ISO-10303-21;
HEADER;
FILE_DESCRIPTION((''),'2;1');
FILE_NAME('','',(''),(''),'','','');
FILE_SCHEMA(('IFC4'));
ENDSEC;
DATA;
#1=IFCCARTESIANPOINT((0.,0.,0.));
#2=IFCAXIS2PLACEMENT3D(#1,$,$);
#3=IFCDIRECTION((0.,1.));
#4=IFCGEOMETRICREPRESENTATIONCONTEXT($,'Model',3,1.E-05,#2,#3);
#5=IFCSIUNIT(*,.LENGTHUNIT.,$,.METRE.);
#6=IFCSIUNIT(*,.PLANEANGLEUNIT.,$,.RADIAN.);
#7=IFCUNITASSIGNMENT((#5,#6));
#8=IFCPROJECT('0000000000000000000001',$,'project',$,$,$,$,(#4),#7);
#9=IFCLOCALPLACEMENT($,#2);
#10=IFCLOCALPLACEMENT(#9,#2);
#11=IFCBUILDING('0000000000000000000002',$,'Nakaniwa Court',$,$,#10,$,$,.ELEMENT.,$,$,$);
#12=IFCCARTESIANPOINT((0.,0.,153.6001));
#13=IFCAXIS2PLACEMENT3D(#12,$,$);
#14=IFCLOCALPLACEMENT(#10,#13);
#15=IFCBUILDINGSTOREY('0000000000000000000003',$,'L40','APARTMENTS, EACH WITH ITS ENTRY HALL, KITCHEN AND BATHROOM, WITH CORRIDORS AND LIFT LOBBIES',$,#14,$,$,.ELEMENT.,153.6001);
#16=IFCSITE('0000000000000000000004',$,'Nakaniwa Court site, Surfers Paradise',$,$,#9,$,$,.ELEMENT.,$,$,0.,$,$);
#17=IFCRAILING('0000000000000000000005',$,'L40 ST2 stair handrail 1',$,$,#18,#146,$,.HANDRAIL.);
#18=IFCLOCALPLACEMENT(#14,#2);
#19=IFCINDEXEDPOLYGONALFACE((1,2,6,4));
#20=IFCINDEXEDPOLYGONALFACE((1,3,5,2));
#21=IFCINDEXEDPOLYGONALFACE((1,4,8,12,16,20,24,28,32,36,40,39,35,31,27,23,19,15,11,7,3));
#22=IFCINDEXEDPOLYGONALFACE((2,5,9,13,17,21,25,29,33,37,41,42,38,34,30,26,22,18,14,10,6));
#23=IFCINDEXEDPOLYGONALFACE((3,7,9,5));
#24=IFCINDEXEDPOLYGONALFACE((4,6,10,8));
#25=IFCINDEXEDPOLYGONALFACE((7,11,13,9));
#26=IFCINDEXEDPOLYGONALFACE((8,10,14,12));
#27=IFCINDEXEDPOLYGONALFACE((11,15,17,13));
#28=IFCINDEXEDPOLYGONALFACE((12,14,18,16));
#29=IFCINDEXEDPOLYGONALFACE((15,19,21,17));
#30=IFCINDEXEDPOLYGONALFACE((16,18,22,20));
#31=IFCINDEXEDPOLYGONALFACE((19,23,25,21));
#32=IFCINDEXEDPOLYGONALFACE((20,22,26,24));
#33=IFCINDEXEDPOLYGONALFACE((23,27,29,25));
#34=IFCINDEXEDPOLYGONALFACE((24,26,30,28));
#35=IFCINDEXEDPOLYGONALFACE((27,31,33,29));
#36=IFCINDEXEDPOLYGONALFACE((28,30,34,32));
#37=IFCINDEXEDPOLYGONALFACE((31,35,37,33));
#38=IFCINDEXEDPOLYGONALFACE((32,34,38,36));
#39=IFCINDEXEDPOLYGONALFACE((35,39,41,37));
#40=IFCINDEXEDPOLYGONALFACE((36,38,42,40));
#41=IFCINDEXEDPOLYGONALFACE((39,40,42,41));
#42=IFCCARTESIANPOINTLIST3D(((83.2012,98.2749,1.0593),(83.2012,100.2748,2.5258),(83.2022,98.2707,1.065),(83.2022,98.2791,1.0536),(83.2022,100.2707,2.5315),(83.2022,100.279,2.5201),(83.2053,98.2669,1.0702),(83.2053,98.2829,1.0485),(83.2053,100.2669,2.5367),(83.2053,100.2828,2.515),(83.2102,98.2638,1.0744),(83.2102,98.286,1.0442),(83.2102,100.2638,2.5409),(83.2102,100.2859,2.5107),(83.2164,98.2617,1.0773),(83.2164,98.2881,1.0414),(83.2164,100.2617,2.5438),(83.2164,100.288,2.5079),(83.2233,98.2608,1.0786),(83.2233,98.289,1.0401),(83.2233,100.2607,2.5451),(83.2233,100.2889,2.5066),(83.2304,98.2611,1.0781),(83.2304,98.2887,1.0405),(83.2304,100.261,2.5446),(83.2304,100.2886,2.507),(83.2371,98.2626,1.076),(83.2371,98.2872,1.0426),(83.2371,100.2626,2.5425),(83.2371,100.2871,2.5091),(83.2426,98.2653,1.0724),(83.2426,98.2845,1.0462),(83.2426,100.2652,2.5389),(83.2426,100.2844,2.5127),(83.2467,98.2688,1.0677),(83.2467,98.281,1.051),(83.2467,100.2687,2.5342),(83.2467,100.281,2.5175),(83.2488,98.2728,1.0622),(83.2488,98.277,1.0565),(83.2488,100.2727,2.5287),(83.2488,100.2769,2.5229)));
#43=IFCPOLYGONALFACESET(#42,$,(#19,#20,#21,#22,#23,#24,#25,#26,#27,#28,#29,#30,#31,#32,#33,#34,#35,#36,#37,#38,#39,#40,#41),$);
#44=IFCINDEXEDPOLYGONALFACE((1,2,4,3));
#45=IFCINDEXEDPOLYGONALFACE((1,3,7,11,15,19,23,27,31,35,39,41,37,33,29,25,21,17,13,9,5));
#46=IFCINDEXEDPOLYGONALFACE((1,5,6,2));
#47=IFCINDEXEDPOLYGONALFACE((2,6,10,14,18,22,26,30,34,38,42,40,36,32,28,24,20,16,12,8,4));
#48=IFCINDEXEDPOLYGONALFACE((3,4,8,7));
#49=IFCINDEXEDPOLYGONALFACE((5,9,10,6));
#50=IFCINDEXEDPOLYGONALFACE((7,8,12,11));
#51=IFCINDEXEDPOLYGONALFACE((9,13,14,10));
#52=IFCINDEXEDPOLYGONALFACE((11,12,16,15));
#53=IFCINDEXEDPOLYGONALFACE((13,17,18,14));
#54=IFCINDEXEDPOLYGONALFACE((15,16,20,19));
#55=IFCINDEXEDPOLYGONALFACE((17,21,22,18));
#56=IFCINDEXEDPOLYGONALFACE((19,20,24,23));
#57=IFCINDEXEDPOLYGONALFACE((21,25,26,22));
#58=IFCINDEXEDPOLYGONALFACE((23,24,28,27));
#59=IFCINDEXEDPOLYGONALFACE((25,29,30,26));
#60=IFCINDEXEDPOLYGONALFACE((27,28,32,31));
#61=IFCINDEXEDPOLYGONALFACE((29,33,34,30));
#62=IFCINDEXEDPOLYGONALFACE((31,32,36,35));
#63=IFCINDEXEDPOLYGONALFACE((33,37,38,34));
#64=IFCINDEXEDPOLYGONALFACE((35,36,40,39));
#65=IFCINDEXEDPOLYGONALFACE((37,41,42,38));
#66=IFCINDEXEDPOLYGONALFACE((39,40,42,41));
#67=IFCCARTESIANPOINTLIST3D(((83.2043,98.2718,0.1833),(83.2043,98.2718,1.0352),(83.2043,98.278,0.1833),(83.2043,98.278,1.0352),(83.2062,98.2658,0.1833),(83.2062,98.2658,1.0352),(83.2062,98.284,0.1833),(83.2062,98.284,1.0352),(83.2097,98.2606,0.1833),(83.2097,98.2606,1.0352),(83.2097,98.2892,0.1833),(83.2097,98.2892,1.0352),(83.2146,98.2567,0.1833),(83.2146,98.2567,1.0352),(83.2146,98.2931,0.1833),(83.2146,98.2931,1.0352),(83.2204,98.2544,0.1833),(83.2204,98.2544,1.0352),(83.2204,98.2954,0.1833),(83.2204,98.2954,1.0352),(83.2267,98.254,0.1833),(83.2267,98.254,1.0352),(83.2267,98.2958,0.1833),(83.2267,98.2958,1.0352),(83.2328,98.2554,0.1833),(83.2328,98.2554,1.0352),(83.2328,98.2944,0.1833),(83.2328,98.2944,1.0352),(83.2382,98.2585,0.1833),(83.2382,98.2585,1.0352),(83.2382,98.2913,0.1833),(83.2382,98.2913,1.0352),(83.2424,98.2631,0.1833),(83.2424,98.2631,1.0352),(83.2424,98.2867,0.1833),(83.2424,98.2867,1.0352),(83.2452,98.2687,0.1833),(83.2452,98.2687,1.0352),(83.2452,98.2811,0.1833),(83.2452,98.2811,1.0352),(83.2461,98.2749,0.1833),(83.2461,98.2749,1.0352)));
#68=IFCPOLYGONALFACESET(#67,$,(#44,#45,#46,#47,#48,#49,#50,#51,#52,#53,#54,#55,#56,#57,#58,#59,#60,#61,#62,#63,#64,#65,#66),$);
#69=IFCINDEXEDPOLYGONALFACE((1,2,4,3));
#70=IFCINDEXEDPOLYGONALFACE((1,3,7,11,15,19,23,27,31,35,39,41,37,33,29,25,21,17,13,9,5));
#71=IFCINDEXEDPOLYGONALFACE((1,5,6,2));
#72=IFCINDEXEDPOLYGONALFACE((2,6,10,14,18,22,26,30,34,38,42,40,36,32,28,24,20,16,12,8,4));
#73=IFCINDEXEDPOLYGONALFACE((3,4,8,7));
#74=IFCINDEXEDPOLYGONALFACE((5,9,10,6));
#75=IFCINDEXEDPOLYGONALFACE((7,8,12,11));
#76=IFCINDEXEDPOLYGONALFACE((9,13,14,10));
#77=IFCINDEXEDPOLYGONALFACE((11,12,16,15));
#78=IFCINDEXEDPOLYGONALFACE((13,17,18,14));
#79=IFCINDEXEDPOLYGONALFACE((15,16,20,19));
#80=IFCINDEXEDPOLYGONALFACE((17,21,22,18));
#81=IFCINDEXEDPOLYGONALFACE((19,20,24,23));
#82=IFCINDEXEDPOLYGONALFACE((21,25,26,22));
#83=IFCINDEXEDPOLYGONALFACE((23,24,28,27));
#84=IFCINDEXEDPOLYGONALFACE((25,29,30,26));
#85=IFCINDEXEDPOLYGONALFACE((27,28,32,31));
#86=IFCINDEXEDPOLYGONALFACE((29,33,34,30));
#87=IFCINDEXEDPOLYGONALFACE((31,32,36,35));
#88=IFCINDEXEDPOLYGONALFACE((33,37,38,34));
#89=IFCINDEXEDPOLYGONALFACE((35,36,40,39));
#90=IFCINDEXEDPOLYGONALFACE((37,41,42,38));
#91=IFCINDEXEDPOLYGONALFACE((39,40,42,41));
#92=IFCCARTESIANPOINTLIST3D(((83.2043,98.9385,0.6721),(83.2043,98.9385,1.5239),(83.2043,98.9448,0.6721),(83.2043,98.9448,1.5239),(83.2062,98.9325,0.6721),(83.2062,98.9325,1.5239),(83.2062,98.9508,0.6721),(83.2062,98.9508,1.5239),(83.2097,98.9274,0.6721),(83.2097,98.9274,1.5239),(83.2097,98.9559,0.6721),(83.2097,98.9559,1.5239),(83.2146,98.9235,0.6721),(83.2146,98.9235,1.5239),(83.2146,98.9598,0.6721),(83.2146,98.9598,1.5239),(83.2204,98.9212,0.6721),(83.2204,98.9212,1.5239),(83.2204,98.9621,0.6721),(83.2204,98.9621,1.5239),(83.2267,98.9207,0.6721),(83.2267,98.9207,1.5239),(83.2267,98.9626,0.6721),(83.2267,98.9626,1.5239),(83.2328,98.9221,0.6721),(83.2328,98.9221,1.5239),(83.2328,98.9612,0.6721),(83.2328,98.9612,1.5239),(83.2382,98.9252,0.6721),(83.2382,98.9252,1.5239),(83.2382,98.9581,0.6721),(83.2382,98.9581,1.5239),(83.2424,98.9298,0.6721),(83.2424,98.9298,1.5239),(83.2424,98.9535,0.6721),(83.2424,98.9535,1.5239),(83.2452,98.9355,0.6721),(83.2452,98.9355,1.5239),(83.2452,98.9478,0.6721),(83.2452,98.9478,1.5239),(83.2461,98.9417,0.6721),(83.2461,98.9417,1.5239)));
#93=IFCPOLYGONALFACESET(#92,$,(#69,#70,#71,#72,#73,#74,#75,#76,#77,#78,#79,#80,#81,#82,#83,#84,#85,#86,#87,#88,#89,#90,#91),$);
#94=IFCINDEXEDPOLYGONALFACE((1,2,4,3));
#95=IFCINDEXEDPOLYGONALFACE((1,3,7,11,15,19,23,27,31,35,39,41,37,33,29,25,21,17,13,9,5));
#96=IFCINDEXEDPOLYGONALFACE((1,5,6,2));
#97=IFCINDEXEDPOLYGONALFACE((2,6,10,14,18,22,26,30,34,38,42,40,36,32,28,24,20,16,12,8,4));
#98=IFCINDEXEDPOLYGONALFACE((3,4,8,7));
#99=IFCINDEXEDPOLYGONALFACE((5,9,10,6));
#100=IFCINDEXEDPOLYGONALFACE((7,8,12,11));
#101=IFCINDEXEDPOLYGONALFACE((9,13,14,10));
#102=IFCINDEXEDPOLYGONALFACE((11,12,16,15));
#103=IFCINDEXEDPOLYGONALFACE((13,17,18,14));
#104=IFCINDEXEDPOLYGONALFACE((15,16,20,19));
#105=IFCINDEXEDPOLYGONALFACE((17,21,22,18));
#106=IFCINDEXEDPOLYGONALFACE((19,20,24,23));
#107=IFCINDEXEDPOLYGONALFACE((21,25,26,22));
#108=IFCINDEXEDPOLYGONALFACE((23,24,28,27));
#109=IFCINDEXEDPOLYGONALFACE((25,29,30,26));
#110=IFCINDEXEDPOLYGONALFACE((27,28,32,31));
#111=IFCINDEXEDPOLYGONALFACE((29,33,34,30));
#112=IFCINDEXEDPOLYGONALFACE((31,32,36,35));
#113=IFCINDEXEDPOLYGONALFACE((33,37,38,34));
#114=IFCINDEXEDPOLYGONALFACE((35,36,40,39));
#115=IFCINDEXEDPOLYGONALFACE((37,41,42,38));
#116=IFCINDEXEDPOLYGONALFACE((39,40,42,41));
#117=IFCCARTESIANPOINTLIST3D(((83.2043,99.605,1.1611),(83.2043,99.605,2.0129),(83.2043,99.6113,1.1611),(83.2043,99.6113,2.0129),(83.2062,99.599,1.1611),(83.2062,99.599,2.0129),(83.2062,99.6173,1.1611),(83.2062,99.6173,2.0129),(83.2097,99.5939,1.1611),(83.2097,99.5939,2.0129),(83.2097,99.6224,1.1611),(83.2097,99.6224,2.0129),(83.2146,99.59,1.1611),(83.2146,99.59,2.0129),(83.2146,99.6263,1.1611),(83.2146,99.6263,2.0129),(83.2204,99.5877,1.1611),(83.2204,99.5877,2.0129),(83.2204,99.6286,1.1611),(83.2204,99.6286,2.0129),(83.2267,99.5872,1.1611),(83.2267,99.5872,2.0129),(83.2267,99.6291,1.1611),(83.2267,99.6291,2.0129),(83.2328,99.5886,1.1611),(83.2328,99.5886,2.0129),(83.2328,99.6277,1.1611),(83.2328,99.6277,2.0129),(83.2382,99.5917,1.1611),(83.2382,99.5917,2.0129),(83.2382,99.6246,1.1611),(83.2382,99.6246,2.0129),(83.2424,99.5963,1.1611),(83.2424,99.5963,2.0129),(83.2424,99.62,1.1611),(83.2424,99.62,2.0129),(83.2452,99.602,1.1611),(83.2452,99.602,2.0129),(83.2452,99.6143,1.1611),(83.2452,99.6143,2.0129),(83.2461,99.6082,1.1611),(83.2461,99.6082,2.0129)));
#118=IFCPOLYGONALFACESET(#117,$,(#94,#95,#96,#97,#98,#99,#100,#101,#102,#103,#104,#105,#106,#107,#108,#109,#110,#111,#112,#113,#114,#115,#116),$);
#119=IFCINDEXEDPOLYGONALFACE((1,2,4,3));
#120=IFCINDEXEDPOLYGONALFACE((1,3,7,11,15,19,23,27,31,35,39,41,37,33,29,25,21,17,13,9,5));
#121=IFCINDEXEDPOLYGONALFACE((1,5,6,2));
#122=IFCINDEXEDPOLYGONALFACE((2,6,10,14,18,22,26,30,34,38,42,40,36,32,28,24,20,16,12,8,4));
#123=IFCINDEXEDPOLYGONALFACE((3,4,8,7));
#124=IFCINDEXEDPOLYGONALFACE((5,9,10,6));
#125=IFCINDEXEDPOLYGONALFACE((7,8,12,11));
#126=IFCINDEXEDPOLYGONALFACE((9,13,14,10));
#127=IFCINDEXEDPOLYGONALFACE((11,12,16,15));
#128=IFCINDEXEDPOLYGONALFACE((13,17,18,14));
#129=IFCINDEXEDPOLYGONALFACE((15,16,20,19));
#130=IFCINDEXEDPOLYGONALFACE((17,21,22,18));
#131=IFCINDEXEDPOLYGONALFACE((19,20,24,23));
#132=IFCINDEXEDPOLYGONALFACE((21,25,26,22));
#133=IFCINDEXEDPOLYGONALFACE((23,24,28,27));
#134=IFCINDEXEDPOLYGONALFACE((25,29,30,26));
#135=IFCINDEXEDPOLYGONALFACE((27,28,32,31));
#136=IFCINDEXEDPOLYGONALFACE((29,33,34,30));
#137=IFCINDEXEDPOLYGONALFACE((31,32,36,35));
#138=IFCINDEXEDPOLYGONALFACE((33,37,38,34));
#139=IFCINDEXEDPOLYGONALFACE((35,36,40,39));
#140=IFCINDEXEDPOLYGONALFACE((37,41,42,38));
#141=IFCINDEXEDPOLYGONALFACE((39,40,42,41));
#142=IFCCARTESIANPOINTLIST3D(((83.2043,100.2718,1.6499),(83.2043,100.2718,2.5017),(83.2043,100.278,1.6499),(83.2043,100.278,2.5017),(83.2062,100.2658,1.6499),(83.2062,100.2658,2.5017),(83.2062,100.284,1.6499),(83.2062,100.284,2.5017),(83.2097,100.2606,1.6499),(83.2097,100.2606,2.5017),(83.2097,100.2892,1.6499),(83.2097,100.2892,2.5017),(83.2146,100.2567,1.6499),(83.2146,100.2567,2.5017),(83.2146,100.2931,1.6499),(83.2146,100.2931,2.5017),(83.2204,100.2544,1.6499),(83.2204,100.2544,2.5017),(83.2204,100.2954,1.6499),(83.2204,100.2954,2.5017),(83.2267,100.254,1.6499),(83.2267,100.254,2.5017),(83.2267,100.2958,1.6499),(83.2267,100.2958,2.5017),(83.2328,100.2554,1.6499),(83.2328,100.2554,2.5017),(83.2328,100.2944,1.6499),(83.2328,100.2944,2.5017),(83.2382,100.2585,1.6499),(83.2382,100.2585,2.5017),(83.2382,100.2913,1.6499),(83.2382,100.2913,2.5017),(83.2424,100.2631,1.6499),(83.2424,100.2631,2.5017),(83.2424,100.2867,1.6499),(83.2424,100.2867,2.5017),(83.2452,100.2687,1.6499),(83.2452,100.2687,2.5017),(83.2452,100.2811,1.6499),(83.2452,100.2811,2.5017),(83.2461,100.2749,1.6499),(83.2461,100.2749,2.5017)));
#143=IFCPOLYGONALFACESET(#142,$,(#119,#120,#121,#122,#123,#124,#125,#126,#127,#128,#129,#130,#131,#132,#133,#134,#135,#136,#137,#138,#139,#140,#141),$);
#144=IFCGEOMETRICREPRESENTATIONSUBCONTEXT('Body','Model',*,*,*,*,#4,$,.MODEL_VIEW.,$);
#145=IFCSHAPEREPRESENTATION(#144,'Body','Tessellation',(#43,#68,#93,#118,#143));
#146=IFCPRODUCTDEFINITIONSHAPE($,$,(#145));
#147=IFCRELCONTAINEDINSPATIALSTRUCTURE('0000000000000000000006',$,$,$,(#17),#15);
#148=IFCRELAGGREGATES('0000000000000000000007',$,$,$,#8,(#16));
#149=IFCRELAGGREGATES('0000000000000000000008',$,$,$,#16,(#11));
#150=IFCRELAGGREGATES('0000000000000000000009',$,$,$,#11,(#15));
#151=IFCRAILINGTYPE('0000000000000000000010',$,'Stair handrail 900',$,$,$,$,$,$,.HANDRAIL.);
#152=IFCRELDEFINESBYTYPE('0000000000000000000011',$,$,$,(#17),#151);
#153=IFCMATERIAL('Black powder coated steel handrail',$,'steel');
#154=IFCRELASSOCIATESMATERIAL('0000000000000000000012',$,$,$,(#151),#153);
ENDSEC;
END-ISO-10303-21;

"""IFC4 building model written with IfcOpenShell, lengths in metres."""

from ifc_helpers import new_model, si_unit, direction, frame, origin, origin_2d, place, context, subcontext, project, spatial, circle, extrude, material, type_object, element, save


model = new_model("IFC4")

# Units and contexts
model_context = context("Model", 3, precision=1e-05, world=origin(), true_north=direction((0.0, 1.0)))
body_context = subcontext(model_context, "Body", "Model", "MODEL_VIEW")
ifc_project = project(units=[si_unit("LENGTHUNIT", "METRE"), si_unit("PLANEANGLEUNIT", "RADIAN")], contexts=[model_context])

# Site, building, storey
site_placement = place(None, origin())
site = spatial("IfcSite", under=ifc_project, at=site_placement, Name="Nakaniwa Court site, Surfers Paradise", CompositionType="ELEMENT", RefElevation=0.0)
building_placement = place(site_placement, origin())
building = spatial("IfcBuilding", under=site, at=building_placement, Name="Nakaniwa Court", CompositionType="ELEMENT")
storey_placement = place(building_placement, frame((0.0, 0.0, 153.6001)))
storey = spatial("IfcBuildingStorey", under=building, at=storey_placement, Name="L40", Description="APARTMENTS, EACH WITH ITS ENTRY HALL, KITCHEN AND BATHROOM, WITH CORRIDORS AND LIFT LOBBIES", CompositionType="ELEMENT", Elevation=153.6001)

# Railing
ifc_material_1 = material(Name="Black powder coated steel handrail", Category="steel")
railing_type_1 = type_object("IfcRailingType", Name="Stair handrail 900", PredefinedType="HANDRAIL", material=ifc_material_1)
railing_1_placement = place(storey_placement, frame((83.2251, 98.2749, 0.1833)))
element("IfcRailing", 1, at=railing_1_placement, inside=storey, type_object=railing_type_1, Name="L40 ST2 stair handrail 1", PredefinedType="HANDRAIL", context=body_context, shape_type="SweptSolid", body=[
    extrude(circle(Radius=0.0239, at=origin_2d()), frame((0.0, 0.0, 0.876), z_axis=(0.0, 0.806427, 0.591334), x_axis=(-1.0, 0.0, 0.0)), (0.0, 0.0, 1.0), 2.48),
    extrude(circle(Radius=0.021, at=origin_2d()), origin(), (0.0, 0.0, 1.0), 0.8518),
    extrude(circle(Radius=0.021, at=origin_2d()), frame((0.0, 0.6667, 0.4888)), (0.0, 0.0, 1.0), 0.8518),
    extrude(circle(Radius=0.021, at=origin_2d()), frame((0.0, 1.3333, 0.9778)), (0.0, 0.0, 1.0), 0.8518),
    extrude(circle(Radius=0.021, at=origin_2d()), frame((0.0, 2.0, 1.4666)), (0.0, 0.0, 1.0), 0.8518),
])

save(model, "model.ifc")
